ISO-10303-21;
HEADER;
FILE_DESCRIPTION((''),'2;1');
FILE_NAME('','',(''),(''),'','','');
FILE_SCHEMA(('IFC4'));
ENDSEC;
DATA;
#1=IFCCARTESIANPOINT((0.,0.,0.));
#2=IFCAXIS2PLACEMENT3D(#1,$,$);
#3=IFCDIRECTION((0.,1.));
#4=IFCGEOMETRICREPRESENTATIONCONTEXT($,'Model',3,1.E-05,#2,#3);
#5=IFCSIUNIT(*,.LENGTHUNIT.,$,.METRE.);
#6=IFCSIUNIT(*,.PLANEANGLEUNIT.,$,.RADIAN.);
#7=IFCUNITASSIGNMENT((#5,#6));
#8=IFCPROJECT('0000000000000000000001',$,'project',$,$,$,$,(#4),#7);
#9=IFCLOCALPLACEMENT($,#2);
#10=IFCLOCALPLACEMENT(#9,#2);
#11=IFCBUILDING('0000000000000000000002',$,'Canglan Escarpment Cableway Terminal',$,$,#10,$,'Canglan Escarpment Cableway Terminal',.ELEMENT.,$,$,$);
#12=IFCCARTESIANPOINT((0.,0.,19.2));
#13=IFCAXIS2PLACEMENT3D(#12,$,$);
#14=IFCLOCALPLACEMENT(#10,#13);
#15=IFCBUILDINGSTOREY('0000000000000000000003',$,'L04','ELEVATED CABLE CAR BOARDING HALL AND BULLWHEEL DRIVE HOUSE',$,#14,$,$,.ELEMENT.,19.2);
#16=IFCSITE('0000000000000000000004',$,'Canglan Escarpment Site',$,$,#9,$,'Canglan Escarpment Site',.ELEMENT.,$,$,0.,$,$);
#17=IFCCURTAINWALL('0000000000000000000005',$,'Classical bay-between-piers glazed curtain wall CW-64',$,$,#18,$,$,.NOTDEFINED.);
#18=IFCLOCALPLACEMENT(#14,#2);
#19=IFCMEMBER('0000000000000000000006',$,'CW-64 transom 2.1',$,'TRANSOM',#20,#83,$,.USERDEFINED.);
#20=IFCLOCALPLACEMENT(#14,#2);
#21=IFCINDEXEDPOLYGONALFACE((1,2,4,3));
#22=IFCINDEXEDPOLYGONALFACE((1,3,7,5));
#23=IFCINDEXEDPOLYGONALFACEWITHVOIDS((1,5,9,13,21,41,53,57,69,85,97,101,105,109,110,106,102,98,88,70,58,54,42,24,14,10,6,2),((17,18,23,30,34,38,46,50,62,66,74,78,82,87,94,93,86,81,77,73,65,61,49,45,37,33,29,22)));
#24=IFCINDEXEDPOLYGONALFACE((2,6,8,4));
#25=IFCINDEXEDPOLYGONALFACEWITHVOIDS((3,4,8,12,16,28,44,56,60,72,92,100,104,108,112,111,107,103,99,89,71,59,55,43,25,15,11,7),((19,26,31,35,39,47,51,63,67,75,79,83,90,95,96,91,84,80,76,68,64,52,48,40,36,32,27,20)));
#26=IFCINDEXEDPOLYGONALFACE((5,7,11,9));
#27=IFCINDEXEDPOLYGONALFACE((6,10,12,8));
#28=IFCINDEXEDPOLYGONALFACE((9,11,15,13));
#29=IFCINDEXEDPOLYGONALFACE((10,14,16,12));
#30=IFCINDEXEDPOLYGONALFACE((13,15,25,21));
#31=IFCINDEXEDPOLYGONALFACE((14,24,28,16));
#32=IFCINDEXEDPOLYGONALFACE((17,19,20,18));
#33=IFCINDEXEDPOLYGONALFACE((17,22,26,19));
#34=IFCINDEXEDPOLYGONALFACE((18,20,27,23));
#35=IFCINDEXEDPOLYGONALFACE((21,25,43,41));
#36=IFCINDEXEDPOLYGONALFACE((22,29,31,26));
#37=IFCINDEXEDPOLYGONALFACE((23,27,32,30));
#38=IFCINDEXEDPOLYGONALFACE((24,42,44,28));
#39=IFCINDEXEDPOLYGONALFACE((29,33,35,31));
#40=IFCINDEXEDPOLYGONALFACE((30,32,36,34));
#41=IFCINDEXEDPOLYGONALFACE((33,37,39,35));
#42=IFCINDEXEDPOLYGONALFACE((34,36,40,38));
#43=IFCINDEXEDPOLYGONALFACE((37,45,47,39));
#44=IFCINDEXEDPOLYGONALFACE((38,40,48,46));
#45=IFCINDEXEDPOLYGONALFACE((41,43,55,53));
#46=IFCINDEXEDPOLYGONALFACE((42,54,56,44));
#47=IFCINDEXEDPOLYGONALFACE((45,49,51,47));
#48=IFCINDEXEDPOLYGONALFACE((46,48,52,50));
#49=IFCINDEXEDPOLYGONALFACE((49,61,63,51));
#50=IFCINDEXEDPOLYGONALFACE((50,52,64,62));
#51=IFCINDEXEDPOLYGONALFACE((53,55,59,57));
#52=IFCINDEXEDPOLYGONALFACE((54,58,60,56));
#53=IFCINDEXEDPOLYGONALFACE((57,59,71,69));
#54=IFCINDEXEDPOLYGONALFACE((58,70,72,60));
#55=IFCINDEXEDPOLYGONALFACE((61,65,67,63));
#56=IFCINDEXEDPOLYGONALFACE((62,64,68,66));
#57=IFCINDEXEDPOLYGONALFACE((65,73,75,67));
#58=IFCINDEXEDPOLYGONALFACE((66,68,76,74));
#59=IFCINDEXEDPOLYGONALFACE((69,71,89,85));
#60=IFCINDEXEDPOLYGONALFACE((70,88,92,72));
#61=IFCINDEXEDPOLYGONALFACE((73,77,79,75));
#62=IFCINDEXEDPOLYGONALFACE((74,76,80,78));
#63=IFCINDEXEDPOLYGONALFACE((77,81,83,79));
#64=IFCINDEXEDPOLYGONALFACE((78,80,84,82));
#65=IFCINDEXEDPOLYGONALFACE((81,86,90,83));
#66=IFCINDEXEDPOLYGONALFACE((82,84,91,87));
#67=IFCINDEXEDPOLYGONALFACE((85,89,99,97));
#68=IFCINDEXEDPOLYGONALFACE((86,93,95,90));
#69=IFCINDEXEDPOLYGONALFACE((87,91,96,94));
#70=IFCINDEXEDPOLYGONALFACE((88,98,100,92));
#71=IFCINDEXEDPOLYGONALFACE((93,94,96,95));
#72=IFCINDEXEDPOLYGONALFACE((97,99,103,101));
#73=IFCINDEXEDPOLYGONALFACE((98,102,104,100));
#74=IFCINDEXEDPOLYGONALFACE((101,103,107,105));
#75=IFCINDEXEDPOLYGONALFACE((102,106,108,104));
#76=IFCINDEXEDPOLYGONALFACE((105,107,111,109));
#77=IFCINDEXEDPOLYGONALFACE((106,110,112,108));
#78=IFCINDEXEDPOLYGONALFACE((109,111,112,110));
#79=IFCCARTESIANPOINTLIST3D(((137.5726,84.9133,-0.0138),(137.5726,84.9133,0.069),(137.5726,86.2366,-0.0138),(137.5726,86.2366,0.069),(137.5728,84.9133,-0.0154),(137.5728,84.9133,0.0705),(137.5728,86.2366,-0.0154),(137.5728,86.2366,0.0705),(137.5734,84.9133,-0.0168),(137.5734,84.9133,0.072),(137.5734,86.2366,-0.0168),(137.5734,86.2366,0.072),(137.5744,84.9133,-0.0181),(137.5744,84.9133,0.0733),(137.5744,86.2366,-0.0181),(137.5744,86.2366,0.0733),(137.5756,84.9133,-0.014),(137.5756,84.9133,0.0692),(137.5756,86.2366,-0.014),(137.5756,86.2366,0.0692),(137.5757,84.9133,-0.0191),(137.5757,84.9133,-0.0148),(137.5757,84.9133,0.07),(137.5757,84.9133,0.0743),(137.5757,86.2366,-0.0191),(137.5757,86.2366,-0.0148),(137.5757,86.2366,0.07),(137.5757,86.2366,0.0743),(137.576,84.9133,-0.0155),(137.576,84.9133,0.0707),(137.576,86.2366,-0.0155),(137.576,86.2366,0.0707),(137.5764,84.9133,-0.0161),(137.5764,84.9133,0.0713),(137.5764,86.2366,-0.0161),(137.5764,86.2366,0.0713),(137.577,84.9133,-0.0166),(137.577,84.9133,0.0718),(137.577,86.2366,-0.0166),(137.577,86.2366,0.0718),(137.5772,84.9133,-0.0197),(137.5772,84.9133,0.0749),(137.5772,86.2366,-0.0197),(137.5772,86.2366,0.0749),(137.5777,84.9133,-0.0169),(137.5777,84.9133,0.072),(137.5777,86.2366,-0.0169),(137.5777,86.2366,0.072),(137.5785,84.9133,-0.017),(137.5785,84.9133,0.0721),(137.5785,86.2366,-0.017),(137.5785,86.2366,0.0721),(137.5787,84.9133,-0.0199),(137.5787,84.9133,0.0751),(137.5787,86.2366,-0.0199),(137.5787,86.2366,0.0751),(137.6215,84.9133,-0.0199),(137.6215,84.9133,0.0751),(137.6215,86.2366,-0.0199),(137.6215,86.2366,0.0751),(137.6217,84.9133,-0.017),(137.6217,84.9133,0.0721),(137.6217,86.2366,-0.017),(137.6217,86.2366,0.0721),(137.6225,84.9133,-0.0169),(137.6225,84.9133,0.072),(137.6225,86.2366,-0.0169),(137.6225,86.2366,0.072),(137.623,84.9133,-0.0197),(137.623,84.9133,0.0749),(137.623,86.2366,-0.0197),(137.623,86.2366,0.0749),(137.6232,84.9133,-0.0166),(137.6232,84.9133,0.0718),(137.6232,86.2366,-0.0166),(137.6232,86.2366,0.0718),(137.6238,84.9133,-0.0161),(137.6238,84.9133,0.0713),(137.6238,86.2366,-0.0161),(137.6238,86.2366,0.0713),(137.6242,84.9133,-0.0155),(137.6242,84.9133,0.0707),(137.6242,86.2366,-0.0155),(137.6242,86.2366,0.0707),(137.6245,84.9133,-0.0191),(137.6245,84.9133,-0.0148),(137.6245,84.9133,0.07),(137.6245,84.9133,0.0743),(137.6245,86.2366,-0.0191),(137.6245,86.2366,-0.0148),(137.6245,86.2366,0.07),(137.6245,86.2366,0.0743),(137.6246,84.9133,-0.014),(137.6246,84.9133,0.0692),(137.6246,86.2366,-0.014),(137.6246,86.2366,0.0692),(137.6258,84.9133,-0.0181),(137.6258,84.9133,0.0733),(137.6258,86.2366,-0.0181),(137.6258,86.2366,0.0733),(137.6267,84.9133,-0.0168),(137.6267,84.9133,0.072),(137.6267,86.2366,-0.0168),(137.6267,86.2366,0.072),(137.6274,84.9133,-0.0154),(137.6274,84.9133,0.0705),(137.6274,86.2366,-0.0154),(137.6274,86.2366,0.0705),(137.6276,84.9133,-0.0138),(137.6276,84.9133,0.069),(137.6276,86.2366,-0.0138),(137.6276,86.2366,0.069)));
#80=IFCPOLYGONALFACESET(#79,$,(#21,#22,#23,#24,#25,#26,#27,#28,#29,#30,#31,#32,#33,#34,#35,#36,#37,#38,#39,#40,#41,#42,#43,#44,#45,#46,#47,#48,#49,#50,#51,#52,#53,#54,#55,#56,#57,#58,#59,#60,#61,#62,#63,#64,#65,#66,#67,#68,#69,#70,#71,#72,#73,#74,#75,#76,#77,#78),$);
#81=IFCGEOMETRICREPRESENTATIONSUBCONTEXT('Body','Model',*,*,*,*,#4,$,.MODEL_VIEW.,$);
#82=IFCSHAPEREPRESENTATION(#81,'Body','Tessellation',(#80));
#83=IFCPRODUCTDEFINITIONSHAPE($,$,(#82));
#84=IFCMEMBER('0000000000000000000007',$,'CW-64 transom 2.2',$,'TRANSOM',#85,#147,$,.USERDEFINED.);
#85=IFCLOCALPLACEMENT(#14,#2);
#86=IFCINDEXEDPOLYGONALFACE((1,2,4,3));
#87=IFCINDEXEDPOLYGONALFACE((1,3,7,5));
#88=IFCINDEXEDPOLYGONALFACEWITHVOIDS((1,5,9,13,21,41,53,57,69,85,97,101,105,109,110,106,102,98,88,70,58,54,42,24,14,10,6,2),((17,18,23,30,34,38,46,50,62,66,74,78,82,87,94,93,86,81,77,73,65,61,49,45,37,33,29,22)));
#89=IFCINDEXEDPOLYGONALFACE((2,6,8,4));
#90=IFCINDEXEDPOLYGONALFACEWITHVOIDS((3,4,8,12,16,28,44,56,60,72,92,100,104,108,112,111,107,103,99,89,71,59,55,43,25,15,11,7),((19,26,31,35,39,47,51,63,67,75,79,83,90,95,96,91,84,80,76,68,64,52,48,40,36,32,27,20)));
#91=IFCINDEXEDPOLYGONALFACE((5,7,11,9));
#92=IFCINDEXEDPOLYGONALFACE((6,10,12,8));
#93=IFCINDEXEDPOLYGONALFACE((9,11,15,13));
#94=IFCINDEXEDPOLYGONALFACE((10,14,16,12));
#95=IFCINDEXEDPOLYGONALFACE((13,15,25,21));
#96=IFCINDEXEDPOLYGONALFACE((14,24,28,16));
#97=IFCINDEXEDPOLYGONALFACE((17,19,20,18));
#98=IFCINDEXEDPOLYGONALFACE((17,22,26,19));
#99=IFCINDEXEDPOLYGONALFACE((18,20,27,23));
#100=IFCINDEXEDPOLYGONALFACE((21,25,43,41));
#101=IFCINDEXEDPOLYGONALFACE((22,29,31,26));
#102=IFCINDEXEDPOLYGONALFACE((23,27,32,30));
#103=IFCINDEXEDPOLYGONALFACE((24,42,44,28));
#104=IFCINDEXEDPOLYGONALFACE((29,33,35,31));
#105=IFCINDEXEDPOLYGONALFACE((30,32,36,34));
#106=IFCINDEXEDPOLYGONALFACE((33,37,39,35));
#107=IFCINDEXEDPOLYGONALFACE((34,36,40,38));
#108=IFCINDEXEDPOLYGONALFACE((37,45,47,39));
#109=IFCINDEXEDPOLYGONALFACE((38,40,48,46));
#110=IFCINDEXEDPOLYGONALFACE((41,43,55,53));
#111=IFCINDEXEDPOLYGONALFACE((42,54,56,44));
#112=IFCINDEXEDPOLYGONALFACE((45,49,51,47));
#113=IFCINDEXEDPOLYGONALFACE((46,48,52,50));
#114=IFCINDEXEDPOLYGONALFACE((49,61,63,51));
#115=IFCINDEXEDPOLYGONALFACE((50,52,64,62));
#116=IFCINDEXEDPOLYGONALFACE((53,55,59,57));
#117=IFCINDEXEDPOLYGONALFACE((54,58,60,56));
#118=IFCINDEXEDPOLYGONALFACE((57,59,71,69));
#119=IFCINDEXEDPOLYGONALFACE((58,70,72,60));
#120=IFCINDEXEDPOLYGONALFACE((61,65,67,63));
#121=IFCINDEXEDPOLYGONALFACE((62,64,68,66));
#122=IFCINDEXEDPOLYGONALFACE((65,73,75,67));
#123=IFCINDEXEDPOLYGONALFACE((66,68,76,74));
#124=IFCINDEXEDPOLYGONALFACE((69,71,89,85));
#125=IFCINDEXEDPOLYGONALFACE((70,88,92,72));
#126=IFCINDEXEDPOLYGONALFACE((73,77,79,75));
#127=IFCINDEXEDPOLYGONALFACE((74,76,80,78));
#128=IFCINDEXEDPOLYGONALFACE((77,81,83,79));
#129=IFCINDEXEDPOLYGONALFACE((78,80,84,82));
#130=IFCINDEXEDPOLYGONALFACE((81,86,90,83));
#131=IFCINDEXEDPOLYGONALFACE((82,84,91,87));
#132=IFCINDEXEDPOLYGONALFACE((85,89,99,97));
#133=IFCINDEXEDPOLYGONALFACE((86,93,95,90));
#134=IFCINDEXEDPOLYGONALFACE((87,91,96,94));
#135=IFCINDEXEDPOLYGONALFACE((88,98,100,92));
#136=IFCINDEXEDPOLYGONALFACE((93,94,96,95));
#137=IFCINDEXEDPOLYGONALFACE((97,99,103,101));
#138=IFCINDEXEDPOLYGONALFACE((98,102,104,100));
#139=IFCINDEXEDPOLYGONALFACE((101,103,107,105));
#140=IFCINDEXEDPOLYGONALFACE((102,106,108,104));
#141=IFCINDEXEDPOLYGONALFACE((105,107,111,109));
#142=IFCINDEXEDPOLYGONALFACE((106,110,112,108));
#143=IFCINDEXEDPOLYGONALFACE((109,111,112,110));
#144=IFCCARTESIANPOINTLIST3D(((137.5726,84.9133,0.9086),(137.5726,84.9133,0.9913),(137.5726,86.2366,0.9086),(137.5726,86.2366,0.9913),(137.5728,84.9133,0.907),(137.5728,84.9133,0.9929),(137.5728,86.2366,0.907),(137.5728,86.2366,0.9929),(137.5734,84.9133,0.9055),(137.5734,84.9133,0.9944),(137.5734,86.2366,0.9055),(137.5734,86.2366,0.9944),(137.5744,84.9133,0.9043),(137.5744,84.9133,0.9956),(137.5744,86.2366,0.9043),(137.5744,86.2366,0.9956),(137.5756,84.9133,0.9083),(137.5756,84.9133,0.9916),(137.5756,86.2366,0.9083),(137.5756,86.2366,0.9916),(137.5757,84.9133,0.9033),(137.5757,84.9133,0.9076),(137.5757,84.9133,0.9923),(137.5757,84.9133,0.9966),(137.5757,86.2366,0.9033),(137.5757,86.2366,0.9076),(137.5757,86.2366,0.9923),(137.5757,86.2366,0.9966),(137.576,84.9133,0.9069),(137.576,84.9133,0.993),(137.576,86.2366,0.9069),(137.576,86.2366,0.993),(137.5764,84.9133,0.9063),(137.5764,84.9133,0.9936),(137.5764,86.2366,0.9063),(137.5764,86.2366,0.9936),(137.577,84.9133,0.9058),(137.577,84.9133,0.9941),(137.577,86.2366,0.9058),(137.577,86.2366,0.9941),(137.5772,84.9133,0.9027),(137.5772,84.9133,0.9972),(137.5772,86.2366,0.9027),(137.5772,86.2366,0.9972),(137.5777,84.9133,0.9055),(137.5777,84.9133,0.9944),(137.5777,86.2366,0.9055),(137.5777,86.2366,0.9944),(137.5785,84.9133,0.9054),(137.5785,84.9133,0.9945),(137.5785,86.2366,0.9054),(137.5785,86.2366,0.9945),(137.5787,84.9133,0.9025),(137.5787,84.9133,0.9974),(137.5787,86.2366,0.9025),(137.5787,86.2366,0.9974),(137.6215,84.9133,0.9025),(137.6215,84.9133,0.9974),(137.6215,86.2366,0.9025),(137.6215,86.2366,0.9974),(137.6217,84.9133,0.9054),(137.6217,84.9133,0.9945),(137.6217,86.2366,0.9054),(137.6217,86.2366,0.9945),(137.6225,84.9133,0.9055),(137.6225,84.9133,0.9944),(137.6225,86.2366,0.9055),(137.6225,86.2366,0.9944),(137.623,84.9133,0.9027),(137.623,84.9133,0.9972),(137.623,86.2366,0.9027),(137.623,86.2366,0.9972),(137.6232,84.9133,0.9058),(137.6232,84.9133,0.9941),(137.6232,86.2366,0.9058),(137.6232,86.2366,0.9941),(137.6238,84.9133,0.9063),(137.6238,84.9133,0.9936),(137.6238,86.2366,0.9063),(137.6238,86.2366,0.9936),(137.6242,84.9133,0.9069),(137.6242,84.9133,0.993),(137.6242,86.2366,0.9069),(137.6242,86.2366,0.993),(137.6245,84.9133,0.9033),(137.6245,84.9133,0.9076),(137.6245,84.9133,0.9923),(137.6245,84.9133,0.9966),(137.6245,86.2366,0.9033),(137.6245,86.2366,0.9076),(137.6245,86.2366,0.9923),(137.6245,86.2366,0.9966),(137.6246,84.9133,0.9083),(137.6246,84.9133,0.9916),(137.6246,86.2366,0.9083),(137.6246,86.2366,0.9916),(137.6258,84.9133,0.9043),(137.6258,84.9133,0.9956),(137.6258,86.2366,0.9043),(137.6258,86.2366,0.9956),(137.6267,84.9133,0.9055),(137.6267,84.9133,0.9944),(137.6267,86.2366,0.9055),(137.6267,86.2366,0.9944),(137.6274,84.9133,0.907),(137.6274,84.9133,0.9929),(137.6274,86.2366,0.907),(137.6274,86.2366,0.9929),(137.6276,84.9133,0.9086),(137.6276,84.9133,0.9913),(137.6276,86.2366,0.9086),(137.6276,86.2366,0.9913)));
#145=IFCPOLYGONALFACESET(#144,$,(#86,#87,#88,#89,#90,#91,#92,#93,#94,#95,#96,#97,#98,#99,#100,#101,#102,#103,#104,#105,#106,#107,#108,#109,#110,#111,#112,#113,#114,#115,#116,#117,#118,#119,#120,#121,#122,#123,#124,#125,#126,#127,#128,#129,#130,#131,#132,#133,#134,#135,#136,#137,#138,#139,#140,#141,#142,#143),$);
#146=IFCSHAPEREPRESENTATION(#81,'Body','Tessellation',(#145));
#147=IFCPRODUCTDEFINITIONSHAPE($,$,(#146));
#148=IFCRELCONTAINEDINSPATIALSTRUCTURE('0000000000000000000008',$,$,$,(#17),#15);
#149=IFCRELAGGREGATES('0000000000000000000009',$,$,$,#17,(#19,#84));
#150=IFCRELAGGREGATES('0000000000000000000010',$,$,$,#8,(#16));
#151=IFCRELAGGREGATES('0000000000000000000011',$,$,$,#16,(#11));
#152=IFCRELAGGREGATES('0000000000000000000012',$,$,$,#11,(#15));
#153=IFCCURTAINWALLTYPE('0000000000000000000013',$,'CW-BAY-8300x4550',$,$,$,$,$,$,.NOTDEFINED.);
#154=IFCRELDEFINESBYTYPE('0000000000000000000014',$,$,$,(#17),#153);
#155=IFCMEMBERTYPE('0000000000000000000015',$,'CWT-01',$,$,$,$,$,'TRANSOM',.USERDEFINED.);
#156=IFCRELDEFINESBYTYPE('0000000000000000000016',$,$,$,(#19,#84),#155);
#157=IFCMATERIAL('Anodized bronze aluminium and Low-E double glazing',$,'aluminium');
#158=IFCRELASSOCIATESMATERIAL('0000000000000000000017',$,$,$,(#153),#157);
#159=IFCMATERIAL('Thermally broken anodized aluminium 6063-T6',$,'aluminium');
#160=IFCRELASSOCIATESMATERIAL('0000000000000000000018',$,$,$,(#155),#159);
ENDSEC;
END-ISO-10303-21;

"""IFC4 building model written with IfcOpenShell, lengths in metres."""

from ifc_helpers import new_model, si_unit, direction, frame, origin, origin_2d, place, context, subcontext, project, spatial, hollow_rectangle, extrude, material, material_profile, profile_set, type_object, element, aggregate, save


model = new_model("IFC4")

# Units and contexts
model_context = context("Model", 3, precision=1e-05, world=origin(), true_north=direction((0.0, 1.0)))
body_context = subcontext(model_context, "Body", "Model", "MODEL_VIEW")
ifc_project = project(units=[si_unit("LENGTHUNIT", "METRE"), si_unit("PLANEANGLEUNIT", "RADIAN")], contexts=[model_context])

# Site, building, storey
site_placement = place(None, origin())
site = spatial("IfcSite", under=ifc_project, at=site_placement, Name="Canglan Escarpment Site", LongName="Canglan Escarpment Site", CompositionType="ELEMENT", RefElevation=0.0)
building_placement = place(site_placement, origin())
building = spatial("IfcBuilding", under=site, at=building_placement, Name="Canglan Escarpment Cableway Terminal", LongName="Canglan Escarpment Cableway Terminal", CompositionType="ELEMENT")
storey_placement = place(building_placement, frame((0.0, 0.0, 19.2)))
storey = spatial("IfcBuildingStorey", under=building, at=storey_placement, Name="L04", Description="ELEVATED CABLE CAR BOARDING HALL AND BULLWHEEL DRIVE HOUSE", CompositionType="ELEMENT", Elevation=19.2)

# Curtain wall, members
ifc_material_1 = material(Name="Anodized bronze aluminium and Low-E double glazing", Category="aluminium")
curtain_wall_type = type_object("IfcCurtainWallType", Name="CW-BAY-8300x4550", PredefinedType="NOTDEFINED", material=ifc_material_1)
curtain_wall_placement = place(storey_placement, origin())
curtain_wall = element("IfcCurtainWall", 1, at=curtain_wall_placement, inside=storey, type_object=curtain_wall_type, Name="Classical bay-between-piers glazed curtain wall CW-64", PredefinedType="NOTDEFINED")
ifc_material_2 = material(Name="Thermally broken anodized aluminium 6063-T6", Category="aluminium")
ifc_material_profile_1 = material_profile(ifc_material_2, hollow_rectangle(XDim=0.0549, YDim=0.095, WallThickness=0.0029, InnerFilletRadius=0.0029, OuterFilletRadius=0.0061, at=origin_2d()), Name="ALU-TRAN 55x95x3")
ifc_profile_set_1 = profile_set([ifc_material_profile_1], Name="Thermally broken anodized aluminium 6063-T6")
member_type_1 = type_object("IfcMemberType", Name="CWT-01", ElementType="TRANSOM", PredefinedType="USERDEFINED", material=ifc_profile_set_1)
member_1_placement = place(storey_placement, frame((137.6001, 86.2366, 0.0276), z_axis=(0.0, -1.0, 0.0), x_axis=(1.0, 0.0, 0.0)))
member_1 = element("IfcMember", 2, at=member_1_placement, type_object=member_type_1, Name="CW-64 transom 2.1", ObjectType="TRANSOM", PredefinedType="USERDEFINED", context=body_context, shape_type="SweptSolid", body=[
    extrude(hollow_rectangle(XDim=0.0549, YDim=0.095, WallThickness=0.0029, InnerFilletRadius=0.0029, OuterFilletRadius=0.0061, at=origin_2d()), origin(), (0.0, 0.0, 1.0), 1.3232),
])
member_2_placement = place(storey_placement, frame((137.6001, 86.2366, 0.95), z_axis=(0.0, -1.0, 0.0), x_axis=(1.0, 0.0, 0.0)))
member_2 = element("IfcMember", 3, at=member_2_placement, type_object=member_type_1, Name="CW-64 transom 2.2", ObjectType="TRANSOM", PredefinedType="USERDEFINED", context=body_context, shape_type="SweptSolid", body=[
    extrude(hollow_rectangle(XDim=0.0549, YDim=0.095, WallThickness=0.0029, InnerFilletRadius=0.0029, OuterFilletRadius=0.0061, at=origin_2d()), origin(), (0.0, 0.0, 1.0), 1.3232),
])
aggregate(curtain_wall, [member_1, member_2])

save(model, "model.ifc")
